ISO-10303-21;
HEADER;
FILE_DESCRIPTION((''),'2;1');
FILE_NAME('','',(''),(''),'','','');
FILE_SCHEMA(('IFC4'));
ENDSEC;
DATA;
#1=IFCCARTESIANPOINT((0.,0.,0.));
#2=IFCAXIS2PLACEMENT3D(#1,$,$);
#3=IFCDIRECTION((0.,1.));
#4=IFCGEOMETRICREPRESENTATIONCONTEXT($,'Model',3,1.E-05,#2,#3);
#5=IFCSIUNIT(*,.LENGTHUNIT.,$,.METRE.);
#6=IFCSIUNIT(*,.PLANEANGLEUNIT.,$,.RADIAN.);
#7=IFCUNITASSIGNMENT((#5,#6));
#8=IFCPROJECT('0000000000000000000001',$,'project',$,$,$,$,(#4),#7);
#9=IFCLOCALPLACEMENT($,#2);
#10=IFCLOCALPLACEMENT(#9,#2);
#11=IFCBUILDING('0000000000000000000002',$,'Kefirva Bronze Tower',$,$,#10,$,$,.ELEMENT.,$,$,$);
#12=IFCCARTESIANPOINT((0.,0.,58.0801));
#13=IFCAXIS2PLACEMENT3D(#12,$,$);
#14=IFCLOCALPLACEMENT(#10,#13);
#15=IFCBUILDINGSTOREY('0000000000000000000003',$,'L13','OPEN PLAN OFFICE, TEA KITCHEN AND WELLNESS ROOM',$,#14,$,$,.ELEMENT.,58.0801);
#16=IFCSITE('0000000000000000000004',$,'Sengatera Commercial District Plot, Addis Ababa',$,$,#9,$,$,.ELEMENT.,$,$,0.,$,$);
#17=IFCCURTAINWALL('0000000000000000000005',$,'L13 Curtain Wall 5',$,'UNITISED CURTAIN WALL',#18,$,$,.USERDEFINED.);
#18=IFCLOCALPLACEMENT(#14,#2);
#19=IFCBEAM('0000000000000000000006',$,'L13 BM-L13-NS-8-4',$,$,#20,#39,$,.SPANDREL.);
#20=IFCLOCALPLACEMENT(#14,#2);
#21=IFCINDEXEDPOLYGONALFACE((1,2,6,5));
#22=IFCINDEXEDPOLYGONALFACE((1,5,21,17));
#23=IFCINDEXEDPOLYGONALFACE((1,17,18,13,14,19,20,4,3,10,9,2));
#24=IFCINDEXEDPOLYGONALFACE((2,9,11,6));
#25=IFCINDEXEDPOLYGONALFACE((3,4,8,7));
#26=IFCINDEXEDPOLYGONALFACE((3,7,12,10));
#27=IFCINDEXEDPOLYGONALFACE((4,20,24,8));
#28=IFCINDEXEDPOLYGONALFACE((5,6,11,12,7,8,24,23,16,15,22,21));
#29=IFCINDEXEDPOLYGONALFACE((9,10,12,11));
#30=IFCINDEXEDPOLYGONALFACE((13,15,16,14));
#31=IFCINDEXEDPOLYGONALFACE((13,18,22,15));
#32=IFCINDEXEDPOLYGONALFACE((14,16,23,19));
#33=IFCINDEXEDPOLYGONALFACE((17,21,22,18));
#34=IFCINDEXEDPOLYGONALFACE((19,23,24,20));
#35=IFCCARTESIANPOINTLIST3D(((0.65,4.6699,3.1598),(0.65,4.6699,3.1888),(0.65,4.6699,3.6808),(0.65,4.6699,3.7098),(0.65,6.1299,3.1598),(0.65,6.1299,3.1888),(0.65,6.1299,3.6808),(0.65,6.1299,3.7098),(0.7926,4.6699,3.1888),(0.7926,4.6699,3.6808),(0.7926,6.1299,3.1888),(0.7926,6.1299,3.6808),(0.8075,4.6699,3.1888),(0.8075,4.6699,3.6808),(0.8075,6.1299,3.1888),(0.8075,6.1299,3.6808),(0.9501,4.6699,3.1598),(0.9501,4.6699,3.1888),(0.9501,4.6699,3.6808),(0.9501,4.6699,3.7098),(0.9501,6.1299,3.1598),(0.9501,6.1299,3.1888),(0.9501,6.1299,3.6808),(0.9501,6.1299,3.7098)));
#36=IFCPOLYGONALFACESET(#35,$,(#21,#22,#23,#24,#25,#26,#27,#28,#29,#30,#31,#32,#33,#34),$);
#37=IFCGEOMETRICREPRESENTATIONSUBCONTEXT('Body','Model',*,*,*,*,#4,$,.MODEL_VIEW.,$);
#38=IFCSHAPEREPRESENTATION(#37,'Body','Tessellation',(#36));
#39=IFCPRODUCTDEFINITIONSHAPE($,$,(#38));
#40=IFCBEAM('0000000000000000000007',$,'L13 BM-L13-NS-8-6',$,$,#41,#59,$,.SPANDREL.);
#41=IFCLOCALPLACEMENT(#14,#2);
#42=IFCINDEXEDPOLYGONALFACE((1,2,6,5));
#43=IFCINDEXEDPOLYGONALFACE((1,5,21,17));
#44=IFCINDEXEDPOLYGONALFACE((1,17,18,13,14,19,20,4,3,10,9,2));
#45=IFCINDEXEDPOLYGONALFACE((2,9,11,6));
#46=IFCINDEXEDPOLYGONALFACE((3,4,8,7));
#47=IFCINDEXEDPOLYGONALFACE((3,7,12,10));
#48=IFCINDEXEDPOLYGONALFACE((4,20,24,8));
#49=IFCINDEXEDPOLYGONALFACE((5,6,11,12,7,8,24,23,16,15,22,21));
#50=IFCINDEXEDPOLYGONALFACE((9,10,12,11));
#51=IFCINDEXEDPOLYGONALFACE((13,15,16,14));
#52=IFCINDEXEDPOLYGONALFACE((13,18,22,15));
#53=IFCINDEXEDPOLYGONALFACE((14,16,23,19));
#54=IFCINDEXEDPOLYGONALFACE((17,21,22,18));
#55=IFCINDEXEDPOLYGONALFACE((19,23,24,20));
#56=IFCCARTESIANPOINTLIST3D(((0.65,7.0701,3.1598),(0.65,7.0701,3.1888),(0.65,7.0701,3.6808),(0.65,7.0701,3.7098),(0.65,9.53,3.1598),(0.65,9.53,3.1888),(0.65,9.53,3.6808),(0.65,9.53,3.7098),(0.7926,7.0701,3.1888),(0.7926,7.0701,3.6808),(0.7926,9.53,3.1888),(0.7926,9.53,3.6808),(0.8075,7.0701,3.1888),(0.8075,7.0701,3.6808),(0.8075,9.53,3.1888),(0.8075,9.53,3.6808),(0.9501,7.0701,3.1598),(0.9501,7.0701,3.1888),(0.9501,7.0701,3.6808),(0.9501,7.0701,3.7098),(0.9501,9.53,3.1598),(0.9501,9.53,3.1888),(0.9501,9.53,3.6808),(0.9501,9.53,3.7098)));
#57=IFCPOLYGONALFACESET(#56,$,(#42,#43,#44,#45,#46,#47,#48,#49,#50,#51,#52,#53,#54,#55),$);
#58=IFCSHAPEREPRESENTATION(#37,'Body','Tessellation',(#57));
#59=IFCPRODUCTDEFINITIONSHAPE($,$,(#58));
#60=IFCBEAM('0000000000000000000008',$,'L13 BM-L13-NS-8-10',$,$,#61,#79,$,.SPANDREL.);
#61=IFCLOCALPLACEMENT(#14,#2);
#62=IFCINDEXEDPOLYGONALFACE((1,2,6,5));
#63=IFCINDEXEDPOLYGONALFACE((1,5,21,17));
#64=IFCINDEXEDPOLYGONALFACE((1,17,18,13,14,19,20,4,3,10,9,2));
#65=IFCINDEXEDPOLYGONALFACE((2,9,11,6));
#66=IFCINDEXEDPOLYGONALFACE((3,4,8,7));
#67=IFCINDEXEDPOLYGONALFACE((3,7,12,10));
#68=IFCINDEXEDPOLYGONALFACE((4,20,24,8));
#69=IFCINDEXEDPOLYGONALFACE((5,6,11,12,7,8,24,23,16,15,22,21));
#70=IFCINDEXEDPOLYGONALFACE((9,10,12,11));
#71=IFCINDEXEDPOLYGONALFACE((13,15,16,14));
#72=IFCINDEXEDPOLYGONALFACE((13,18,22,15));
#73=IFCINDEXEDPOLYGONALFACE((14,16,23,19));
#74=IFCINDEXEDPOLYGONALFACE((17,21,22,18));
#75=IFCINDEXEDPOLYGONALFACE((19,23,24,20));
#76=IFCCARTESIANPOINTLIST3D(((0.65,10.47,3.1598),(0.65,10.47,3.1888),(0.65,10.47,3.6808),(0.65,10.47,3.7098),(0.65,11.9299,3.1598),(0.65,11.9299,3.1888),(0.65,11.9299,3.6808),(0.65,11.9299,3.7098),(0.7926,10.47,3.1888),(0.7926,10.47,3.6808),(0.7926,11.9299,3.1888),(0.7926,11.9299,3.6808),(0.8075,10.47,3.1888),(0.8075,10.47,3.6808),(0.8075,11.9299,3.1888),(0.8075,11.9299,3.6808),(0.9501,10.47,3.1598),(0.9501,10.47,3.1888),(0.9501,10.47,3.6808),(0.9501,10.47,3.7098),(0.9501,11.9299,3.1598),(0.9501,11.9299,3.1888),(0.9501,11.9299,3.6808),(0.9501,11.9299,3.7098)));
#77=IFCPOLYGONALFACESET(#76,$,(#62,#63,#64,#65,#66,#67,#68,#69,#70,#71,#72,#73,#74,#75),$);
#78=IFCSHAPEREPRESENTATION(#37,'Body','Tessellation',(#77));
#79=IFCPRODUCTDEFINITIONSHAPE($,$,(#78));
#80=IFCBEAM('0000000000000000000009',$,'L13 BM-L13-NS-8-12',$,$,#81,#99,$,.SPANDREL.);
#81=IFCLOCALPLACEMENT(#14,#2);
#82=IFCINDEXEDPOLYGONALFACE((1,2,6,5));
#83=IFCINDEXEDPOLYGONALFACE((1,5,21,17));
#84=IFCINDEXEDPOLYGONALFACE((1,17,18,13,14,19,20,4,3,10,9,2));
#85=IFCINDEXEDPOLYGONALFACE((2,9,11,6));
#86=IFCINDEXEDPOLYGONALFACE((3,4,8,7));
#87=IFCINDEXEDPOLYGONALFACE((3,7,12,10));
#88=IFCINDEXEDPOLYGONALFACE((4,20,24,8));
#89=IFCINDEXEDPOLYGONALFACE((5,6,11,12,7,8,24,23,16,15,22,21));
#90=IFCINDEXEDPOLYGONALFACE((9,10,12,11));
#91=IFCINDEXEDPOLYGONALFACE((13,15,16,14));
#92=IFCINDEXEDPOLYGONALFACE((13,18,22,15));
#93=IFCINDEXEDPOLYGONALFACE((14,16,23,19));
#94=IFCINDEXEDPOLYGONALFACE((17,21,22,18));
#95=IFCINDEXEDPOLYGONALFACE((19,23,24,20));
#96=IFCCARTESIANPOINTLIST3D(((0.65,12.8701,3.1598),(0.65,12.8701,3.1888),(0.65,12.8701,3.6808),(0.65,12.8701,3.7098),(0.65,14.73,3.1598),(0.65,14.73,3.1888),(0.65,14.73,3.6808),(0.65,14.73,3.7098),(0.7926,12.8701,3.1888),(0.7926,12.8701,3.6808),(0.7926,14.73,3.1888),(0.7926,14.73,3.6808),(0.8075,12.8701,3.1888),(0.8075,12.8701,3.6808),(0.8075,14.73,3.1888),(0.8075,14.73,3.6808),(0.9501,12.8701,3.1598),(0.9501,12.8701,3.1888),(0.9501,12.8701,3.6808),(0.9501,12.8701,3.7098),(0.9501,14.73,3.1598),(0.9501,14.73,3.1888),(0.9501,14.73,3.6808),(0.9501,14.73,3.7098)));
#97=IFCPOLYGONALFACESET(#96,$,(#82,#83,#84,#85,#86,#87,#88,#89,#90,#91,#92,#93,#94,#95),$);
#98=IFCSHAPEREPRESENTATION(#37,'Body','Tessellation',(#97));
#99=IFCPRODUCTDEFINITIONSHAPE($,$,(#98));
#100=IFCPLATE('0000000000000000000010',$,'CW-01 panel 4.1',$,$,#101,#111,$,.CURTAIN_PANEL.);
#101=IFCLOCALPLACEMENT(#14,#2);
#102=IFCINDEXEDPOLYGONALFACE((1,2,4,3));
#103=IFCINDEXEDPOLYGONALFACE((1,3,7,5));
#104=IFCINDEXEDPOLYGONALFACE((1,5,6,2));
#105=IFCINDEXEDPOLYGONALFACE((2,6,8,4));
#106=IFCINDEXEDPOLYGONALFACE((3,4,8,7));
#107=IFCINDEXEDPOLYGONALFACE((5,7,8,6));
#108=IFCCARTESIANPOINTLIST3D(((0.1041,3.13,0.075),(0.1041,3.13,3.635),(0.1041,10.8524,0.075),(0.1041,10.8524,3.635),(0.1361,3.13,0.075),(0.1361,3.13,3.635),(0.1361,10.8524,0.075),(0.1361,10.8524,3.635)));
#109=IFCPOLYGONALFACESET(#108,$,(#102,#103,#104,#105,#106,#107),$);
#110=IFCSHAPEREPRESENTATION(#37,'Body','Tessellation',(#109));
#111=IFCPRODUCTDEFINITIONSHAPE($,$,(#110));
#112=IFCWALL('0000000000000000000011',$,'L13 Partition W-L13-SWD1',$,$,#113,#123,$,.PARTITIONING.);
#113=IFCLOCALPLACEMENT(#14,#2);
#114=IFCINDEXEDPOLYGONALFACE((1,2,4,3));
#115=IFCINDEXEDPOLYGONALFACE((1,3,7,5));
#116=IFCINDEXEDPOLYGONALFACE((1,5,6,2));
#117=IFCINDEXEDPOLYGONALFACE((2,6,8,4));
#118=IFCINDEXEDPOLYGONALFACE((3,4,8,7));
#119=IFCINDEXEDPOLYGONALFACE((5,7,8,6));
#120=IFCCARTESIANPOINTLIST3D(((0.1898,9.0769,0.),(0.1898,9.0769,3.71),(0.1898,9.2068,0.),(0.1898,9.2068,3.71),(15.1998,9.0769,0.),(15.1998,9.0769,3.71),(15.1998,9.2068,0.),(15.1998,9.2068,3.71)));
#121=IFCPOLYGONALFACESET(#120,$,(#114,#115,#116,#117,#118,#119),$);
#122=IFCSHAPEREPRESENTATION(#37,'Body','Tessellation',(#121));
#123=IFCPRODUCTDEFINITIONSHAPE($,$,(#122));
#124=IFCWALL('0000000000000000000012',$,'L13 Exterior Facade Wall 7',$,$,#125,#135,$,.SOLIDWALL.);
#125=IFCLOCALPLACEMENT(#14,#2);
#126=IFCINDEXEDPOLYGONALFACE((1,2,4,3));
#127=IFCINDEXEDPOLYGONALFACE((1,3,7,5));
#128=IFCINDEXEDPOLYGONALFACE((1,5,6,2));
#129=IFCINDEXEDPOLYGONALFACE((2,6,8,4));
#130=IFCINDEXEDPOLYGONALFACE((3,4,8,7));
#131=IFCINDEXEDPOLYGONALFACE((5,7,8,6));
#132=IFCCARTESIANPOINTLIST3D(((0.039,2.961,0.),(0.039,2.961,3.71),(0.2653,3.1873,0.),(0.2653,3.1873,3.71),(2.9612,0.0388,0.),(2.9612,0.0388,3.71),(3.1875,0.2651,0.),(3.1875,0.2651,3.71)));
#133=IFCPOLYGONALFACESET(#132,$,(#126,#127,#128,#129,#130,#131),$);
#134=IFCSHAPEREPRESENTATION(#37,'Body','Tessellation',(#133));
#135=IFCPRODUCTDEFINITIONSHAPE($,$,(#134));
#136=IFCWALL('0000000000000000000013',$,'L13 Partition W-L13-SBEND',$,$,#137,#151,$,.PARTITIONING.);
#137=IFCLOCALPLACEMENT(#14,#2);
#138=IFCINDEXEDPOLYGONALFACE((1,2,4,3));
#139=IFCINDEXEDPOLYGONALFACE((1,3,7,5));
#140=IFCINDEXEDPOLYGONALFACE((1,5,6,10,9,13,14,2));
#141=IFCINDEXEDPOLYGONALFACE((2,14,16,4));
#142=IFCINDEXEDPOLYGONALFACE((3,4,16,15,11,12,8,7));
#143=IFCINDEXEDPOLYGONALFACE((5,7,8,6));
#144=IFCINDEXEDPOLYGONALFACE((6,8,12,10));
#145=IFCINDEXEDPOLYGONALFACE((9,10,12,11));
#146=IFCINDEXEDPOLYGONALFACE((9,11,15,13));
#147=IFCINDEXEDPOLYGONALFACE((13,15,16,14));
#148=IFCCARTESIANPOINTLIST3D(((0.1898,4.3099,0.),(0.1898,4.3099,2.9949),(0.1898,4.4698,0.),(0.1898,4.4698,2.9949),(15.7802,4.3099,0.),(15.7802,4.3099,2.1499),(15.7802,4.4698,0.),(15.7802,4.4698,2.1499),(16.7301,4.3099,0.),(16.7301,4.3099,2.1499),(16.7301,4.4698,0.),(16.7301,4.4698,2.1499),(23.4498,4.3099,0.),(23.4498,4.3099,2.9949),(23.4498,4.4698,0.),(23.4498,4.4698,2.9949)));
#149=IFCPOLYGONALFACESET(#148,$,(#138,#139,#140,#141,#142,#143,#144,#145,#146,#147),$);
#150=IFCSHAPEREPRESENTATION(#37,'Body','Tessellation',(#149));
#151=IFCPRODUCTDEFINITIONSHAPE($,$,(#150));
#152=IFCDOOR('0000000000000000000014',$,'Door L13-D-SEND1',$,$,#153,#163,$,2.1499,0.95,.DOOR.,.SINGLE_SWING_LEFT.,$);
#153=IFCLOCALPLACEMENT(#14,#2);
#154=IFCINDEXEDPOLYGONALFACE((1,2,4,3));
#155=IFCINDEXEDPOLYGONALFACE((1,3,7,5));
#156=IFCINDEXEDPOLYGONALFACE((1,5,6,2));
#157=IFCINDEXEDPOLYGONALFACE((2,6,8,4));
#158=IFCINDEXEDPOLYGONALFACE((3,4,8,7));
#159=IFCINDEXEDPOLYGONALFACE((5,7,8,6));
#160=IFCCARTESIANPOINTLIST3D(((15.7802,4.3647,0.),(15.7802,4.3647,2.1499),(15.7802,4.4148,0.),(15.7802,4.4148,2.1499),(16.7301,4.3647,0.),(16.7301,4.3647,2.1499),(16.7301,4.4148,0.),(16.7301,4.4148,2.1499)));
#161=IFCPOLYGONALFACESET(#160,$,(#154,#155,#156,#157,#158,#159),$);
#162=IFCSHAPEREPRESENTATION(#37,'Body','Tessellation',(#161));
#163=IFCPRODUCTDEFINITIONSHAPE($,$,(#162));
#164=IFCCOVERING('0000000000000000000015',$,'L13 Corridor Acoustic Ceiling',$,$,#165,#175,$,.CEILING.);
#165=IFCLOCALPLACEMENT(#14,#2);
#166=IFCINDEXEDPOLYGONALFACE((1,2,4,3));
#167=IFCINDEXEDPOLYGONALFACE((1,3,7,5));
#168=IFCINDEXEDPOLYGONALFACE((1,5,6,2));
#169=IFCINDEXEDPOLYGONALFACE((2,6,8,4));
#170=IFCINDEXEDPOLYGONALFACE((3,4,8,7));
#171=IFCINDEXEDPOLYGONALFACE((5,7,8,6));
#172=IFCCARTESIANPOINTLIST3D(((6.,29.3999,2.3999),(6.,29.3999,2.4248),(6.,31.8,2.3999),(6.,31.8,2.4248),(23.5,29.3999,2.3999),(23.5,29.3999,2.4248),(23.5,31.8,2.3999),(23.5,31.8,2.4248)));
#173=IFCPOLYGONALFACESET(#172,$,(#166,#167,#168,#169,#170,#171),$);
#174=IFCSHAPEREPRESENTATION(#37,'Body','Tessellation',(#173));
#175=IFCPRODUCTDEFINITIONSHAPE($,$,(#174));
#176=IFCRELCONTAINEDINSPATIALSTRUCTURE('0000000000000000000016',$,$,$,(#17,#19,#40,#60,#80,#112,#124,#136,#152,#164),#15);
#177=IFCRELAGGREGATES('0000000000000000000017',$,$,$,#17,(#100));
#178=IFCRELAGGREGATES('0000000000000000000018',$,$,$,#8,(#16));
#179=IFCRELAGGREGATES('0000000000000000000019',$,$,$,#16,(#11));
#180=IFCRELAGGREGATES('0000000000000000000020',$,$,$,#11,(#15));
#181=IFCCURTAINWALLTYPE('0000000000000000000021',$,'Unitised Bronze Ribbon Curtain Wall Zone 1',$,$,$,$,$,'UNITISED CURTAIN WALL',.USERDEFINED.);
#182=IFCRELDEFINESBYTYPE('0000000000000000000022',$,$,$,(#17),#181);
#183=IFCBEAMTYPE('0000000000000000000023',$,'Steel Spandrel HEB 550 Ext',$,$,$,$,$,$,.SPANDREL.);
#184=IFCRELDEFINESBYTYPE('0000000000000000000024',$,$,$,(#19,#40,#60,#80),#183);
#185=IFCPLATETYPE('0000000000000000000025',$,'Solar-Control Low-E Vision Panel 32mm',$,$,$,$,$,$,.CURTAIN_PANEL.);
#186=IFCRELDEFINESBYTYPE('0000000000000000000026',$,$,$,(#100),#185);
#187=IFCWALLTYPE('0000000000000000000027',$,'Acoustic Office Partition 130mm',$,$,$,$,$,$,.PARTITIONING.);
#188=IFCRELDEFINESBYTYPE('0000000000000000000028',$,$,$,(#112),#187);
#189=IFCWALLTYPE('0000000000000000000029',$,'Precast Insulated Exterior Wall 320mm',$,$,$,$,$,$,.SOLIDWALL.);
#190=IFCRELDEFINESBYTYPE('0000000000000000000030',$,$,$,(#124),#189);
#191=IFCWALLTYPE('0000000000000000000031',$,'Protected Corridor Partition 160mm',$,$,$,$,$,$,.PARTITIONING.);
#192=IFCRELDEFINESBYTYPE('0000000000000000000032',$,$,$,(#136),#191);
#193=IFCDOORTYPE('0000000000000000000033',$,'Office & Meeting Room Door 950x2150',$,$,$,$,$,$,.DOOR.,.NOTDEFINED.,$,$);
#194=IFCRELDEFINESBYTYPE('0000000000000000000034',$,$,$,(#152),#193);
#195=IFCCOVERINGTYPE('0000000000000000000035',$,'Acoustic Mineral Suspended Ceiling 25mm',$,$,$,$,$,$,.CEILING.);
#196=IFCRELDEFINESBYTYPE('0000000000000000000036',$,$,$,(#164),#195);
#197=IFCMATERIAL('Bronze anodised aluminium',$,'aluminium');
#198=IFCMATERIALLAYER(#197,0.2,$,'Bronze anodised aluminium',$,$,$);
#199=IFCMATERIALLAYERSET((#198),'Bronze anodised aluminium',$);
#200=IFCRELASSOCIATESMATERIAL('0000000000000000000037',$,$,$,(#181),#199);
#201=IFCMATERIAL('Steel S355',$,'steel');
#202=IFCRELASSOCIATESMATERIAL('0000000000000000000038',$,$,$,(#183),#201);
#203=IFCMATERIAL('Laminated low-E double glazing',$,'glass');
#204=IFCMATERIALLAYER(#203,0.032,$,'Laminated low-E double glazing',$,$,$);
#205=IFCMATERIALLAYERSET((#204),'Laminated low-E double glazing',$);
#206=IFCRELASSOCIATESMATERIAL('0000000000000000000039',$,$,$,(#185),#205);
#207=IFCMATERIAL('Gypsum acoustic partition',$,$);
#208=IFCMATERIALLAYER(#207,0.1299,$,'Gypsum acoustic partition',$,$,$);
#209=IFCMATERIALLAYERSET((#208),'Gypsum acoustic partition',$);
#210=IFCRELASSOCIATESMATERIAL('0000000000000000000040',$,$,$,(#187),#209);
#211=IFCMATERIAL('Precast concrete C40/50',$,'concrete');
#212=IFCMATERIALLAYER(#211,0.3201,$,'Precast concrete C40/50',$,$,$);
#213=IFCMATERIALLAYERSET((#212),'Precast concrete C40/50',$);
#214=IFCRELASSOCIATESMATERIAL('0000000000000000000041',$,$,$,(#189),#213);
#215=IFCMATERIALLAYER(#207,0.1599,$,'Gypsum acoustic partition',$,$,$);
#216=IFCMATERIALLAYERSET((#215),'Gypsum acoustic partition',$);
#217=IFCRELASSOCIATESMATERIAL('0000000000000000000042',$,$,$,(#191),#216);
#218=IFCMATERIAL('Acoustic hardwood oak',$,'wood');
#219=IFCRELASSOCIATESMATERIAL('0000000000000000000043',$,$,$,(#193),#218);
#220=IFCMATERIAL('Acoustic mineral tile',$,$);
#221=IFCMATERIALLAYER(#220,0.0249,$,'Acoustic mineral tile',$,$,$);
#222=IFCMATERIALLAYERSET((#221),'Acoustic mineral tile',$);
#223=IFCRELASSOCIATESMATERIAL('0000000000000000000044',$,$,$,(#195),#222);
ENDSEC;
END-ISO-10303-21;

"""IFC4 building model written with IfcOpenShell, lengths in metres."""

from ifc_helpers import new_model, si_unit, direction, frame, frame_2d, origin, origin_2d, place, context, subcontext, project, spatial, polyline, rectangle, i_section, outline, extrude, material, layer, layer_set, material_profile, profile_set, type_object, element, fill, aggregate, save


model = new_model("IFC4")

# Units and contexts
model_context = context("Model", 3, precision=1e-05, world=origin(), true_north=direction((0.0, 1.0)))
body_context = subcontext(model_context, "Body", "Model", "MODEL_VIEW")
ifc_project = project(units=[si_unit("LENGTHUNIT", "METRE"), si_unit("PLANEANGLEUNIT", "RADIAN")], contexts=[model_context])

# Site, building, storey
site_placement = place(None, origin())
site = spatial("IfcSite", under=ifc_project, at=site_placement, Name="Sengatera Commercial District Plot, Addis Ababa", CompositionType="ELEMENT", RefElevation=0.0)
building_placement = place(site_placement, origin())
building = spatial("IfcBuilding", under=site, at=building_placement, Name="Kefirva Bronze Tower", CompositionType="ELEMENT")
storey_placement = place(building_placement, frame((0.0, 0.0, 58.0801)))
storey = spatial("IfcBuildingStorey", under=building, at=storey_placement, Name="L13", Description="OPEN PLAN OFFICE, TEA KITCHEN AND WELLNESS ROOM", CompositionType="ELEMENT", Elevation=58.0801)

# Curtain wall
ifc_material_1 = material(Name="Bronze anodised aluminium", Category="aluminium")
ifc_layer_1 = layer(ifc_material_1, 0.2, Name="Bronze anodised aluminium")
ifc_layer_set_1 = layer_set([ifc_layer_1], Name="Bronze anodised aluminium")
curtain_wall_type = type_object("IfcCurtainWallType", Name="Unitised Bronze Ribbon Curtain Wall Zone 1", ElementType="UNITISED CURTAIN WALL", PredefinedType="USERDEFINED", material=ifc_layer_set_1)
curtain_wall_placement = place(storey_placement, origin())
curtain_wall = element("IfcCurtainWall", 1, at=curtain_wall_placement, inside=storey, type_object=curtain_wall_type, Name="L13 Curtain Wall 5", ObjectType="UNITISED CURTAIN WALL", PredefinedType="USERDEFINED")

# Beams
ifc_material_2 = material(Name="Steel S355", Category="steel")
ifc_material_profile_1 = material_profile(ifc_material_2, i_section(OverallWidth=0.3, OverallDepth=0.55, WebThickness=0.0149, FlangeThickness=0.0291, at=origin_2d()), Name="HEB 550")
ifc_profile_set_1 = profile_set([ifc_material_profile_1], Name="Steel S355")
beam_type_1 = type_object("IfcBeamType", Name="Steel Spandrel HEB 550 Ext", PredefinedType="SPANDREL", material=ifc_profile_set_1)
beam_1_placement = place(storey_placement, frame((0.8, 4.6699, 3.4348), z_axis=(0.0, 1.0, 0.0), x_axis=(-1.0, 0.0, 0.0)))
element("IfcBeam", 2, at=beam_1_placement, inside=storey, type_object=beam_type_1, Name="L13 BM-L13-NS-8-4", PredefinedType="SPANDREL", context=body_context, shape_type="SweptSolid", body=[
    extrude(i_section(OverallWidth=0.3, OverallDepth=0.55, WebThickness=0.0149, FlangeThickness=0.0291, at=origin_2d()), origin(), (0.0, 0.0, 1.0), 1.46),
])
beam_2_placement = place(storey_placement, frame((0.8, 7.0701, 3.4348), z_axis=(0.0, 1.0, 0.0), x_axis=(-1.0, 0.0, 0.0)))
element("IfcBeam", 3, at=beam_2_placement, inside=storey, type_object=beam_type_1, Name="L13 BM-L13-NS-8-6", PredefinedType="SPANDREL", context=body_context, shape_type="SweptSolid", body=[
    extrude(i_section(OverallWidth=0.3, OverallDepth=0.55, WebThickness=0.0149, FlangeThickness=0.0291, at=origin_2d()), origin(), (0.0, 0.0, 1.0), 2.46),
])
beam_3_placement = place(storey_placement, frame((0.8, 10.47, 3.4348), z_axis=(0.0, 1.0, 0.0), x_axis=(-1.0, 0.0, 0.0)))
element("IfcBeam", 4, at=beam_3_placement, inside=storey, type_object=beam_type_1, Name="L13 BM-L13-NS-8-10", PredefinedType="SPANDREL", context=body_context, shape_type="SweptSolid", body=[
    extrude(i_section(OverallWidth=0.3, OverallDepth=0.55, WebThickness=0.0149, FlangeThickness=0.0291, at=origin_2d()), origin(), (0.0, 0.0, 1.0), 1.46),
])
beam_4_placement = place(storey_placement, frame((0.8, 12.8701, 3.4348), z_axis=(0.0, 1.0, 0.0), x_axis=(-1.0, 0.0, 0.0)))
element("IfcBeam", 5, at=beam_4_placement, inside=storey, type_object=beam_type_1, Name="L13 BM-L13-NS-8-12", PredefinedType="SPANDREL", context=body_context, shape_type="SweptSolid", body=[
    extrude(i_section(OverallWidth=0.3, OverallDepth=0.55, WebThickness=0.0149, FlangeThickness=0.0291, at=origin_2d()), origin(), (0.0, 0.0, 1.0), 1.8599),
])

# Plate
ifc_material_3 = material(Name="Laminated low-E double glazing", Category="glass")
ifc_layer_2 = layer(ifc_material_3, 0.032, Name="Laminated low-E double glazing")
ifc_layer_set_2 = layer_set([ifc_layer_2], Name="Laminated low-E double glazing")
plate_type = type_object("IfcPlateType", Name="Solar-Control Low-E Vision Panel 32mm", PredefinedType="CURTAIN_PANEL", material=ifc_layer_set_2)
plate_placement = place(storey_placement, frame((0.1201, 6.9912, 0.075), z_axis=(0.0, 0.0, 1.0), x_axis=(0.0, -1.0, 0.0)))
plate = element("IfcPlate", 6, at=plate_placement, type_object=plate_type, Name="CW-01 panel 4.1", PredefinedType="CURTAIN_PANEL", context=body_context, shape_type="SweptSolid", body=[
    extrude(rectangle(XDim=7.7224, YDim=0.032, at=origin_2d()), origin(), (0.0, 0.0, 1.0), 3.5601),
])
aggregate(curtain_wall, [plate])

# Walls
ifc_material_4 = material(Name="Gypsum acoustic partition")
ifc_layer_3 = layer(ifc_material_4, 0.1299, Name="Gypsum acoustic partition")
ifc_layer_set_3 = layer_set([ifc_layer_3], Name="Gypsum acoustic partition")
wall_type_1 = type_object("IfcWallType", Name="Acoustic Office Partition 130mm", PredefinedType="PARTITIONING", material=ifc_layer_set_3)
wall_1_placement = place(storey_placement, frame((0.1899, 9.1418, 0.0), z_axis=(0.0, 0.0, 1.0), x_axis=(1.0, 0.0, 0.0)))
element("IfcWall", 7, at=wall_1_placement, inside=storey, type_object=wall_type_1, Name="L13 Partition W-L13-SWD1", PredefinedType="PARTITIONING", context=body_context, shape_type="SweptSolid", body=[
    extrude(rectangle(XDim=15.01, YDim=0.1299, at=frame_2d((7.5049, 0.0))), origin(), (0.0, 0.0, 1.0), 3.71),
])
ifc_material_5 = material(Name="Precast concrete C40/50", Category="concrete")
ifc_layer_4 = layer(ifc_material_5, 0.3201, Name="Precast concrete C40/50")
ifc_layer_set_4 = layer_set([ifc_layer_4], Name="Precast concrete C40/50")
wall_type_2 = type_object("IfcWallType", Name="Precast Insulated Exterior Wall 320mm", PredefinedType="SOLIDWALL", material=ifc_layer_set_4)
wall_2_placement = place(storey_placement, frame((0.1521, 3.0742, 0.0), z_axis=(0.0, 0.0, 1.0), x_axis=(0.707107, -0.707107, 0.0)))
element("IfcWall", 8, at=wall_2_placement, inside=storey, type_object=wall_type_2, Name="L13 Exterior Facade Wall 7", PredefinedType="SOLIDWALL", context=body_context, shape_type="SweptSolid", body=[
    extrude(rectangle(XDim=4.1326, YDim=0.3201, at=frame_2d((2.0664, 0.0))), origin(), (0.0, 0.0, 1.0), 3.71),
])

# Wall, opening, door
ifc_layer_5 = layer(ifc_material_4, 0.1599, Name="Gypsum acoustic partition")
ifc_layer_set_5 = layer_set([ifc_layer_5], Name="Gypsum acoustic partition")
wall_type_3 = type_object("IfcWallType", Name="Protected Corridor Partition 160mm", PredefinedType="PARTITIONING", material=ifc_layer_set_5)
wall_3_placement = place(storey_placement, frame((0.1899, 4.3899, 0.0), z_axis=(0.0, 0.0, 1.0), x_axis=(1.0, 0.0, 0.0)))
wall_3 = element("IfcWall", 9, at=wall_3_placement, inside=storey, type_object=wall_type_3, Name="L13 Partition W-L13-SBEND", PredefinedType="PARTITIONING", context=body_context, shape_type="SweptSolid", body=[
    extrude(rectangle(XDim=23.26, YDim=0.1599, at=frame_2d((11.6299, 0.0))), origin(), (0.0, 0.0, 1.0), 2.9949),
])
opening_placement = place(wall_3_placement, frame((15.5901, 0.0, 0.0)))
opening = element("IfcOpeningElement", 10, at=opening_placement, cuts=wall_3, PredefinedType="OPENING", context=body_context, shape_type="SweptSolid", body=[
    extrude(rectangle(XDim=0.95, YDim=2.1499, at=frame_2d((0.4751, 1.075))), frame((0.0, 0.0898, 0.0), z_axis=(0.0, -1.0, 0.0), x_axis=(1.0, 0.0, 0.0)), (0.0, 0.0, 1.0), 0.1799),
])
ifc_material_6 = material(Name="Acoustic hardwood oak", Category="wood")
door_type = type_object("IfcDoorType", Name="Office & Meeting Room Door 950x2150", OperationType="NOTDEFINED", PredefinedType="DOOR", material=ifc_material_6)
door_placement = place(opening_placement, origin())
door = element("IfcDoor", 11, at=door_placement, inside=storey, type_object=door_type, Name="Door L13-D-SEND1", OperationType="SINGLE_SWING_LEFT", OverallHeight=2.1499, OverallWidth=0.95, PredefinedType="DOOR", context=body_context, shape_type="SweptSolid", body=[
    extrude(rectangle(XDim=0.95, YDim=2.1499, at=frame_2d((0.4751, 1.075))), frame((0.0, 0.0249, 0.0), z_axis=(0.0, -1.0, 0.0), x_axis=(1.0, 0.0, 0.0)), (0.0, 0.0, 1.0), 0.05),
])
fill(opening, door)

# Covering
ifc_material_7 = material(Name="Acoustic mineral tile")
ifc_layer_6 = layer(ifc_material_7, 0.0249, Name="Acoustic mineral tile")
ifc_layer_set_6 = layer_set([ifc_layer_6], Name="Acoustic mineral tile")
covering_type_1 = type_object("IfcCoveringType", Name="Acoustic Mineral Suspended Ceiling 25mm", PredefinedType="CEILING", material=ifc_layer_set_6)
covering_1_placement = place(storey_placement, frame((0.0, 0.0, 2.3999)))
element("IfcCovering", 12, at=covering_1_placement, inside=storey, type_object=covering_type_1, Name="L13 Corridor Acoustic Ceiling", PredefinedType="CEILING", context=body_context, shape_type="SweptSolid", body=[
    extrude(outline(polyline([(6.0, 29.3999), (23.5, 29.3999), (23.5, 31.8), (6.0, 31.8), (6.0, 29.3999)])), origin(), (0.0, 0.0, 1.0), 0.0249),
])

save(model, "model.ifc")
